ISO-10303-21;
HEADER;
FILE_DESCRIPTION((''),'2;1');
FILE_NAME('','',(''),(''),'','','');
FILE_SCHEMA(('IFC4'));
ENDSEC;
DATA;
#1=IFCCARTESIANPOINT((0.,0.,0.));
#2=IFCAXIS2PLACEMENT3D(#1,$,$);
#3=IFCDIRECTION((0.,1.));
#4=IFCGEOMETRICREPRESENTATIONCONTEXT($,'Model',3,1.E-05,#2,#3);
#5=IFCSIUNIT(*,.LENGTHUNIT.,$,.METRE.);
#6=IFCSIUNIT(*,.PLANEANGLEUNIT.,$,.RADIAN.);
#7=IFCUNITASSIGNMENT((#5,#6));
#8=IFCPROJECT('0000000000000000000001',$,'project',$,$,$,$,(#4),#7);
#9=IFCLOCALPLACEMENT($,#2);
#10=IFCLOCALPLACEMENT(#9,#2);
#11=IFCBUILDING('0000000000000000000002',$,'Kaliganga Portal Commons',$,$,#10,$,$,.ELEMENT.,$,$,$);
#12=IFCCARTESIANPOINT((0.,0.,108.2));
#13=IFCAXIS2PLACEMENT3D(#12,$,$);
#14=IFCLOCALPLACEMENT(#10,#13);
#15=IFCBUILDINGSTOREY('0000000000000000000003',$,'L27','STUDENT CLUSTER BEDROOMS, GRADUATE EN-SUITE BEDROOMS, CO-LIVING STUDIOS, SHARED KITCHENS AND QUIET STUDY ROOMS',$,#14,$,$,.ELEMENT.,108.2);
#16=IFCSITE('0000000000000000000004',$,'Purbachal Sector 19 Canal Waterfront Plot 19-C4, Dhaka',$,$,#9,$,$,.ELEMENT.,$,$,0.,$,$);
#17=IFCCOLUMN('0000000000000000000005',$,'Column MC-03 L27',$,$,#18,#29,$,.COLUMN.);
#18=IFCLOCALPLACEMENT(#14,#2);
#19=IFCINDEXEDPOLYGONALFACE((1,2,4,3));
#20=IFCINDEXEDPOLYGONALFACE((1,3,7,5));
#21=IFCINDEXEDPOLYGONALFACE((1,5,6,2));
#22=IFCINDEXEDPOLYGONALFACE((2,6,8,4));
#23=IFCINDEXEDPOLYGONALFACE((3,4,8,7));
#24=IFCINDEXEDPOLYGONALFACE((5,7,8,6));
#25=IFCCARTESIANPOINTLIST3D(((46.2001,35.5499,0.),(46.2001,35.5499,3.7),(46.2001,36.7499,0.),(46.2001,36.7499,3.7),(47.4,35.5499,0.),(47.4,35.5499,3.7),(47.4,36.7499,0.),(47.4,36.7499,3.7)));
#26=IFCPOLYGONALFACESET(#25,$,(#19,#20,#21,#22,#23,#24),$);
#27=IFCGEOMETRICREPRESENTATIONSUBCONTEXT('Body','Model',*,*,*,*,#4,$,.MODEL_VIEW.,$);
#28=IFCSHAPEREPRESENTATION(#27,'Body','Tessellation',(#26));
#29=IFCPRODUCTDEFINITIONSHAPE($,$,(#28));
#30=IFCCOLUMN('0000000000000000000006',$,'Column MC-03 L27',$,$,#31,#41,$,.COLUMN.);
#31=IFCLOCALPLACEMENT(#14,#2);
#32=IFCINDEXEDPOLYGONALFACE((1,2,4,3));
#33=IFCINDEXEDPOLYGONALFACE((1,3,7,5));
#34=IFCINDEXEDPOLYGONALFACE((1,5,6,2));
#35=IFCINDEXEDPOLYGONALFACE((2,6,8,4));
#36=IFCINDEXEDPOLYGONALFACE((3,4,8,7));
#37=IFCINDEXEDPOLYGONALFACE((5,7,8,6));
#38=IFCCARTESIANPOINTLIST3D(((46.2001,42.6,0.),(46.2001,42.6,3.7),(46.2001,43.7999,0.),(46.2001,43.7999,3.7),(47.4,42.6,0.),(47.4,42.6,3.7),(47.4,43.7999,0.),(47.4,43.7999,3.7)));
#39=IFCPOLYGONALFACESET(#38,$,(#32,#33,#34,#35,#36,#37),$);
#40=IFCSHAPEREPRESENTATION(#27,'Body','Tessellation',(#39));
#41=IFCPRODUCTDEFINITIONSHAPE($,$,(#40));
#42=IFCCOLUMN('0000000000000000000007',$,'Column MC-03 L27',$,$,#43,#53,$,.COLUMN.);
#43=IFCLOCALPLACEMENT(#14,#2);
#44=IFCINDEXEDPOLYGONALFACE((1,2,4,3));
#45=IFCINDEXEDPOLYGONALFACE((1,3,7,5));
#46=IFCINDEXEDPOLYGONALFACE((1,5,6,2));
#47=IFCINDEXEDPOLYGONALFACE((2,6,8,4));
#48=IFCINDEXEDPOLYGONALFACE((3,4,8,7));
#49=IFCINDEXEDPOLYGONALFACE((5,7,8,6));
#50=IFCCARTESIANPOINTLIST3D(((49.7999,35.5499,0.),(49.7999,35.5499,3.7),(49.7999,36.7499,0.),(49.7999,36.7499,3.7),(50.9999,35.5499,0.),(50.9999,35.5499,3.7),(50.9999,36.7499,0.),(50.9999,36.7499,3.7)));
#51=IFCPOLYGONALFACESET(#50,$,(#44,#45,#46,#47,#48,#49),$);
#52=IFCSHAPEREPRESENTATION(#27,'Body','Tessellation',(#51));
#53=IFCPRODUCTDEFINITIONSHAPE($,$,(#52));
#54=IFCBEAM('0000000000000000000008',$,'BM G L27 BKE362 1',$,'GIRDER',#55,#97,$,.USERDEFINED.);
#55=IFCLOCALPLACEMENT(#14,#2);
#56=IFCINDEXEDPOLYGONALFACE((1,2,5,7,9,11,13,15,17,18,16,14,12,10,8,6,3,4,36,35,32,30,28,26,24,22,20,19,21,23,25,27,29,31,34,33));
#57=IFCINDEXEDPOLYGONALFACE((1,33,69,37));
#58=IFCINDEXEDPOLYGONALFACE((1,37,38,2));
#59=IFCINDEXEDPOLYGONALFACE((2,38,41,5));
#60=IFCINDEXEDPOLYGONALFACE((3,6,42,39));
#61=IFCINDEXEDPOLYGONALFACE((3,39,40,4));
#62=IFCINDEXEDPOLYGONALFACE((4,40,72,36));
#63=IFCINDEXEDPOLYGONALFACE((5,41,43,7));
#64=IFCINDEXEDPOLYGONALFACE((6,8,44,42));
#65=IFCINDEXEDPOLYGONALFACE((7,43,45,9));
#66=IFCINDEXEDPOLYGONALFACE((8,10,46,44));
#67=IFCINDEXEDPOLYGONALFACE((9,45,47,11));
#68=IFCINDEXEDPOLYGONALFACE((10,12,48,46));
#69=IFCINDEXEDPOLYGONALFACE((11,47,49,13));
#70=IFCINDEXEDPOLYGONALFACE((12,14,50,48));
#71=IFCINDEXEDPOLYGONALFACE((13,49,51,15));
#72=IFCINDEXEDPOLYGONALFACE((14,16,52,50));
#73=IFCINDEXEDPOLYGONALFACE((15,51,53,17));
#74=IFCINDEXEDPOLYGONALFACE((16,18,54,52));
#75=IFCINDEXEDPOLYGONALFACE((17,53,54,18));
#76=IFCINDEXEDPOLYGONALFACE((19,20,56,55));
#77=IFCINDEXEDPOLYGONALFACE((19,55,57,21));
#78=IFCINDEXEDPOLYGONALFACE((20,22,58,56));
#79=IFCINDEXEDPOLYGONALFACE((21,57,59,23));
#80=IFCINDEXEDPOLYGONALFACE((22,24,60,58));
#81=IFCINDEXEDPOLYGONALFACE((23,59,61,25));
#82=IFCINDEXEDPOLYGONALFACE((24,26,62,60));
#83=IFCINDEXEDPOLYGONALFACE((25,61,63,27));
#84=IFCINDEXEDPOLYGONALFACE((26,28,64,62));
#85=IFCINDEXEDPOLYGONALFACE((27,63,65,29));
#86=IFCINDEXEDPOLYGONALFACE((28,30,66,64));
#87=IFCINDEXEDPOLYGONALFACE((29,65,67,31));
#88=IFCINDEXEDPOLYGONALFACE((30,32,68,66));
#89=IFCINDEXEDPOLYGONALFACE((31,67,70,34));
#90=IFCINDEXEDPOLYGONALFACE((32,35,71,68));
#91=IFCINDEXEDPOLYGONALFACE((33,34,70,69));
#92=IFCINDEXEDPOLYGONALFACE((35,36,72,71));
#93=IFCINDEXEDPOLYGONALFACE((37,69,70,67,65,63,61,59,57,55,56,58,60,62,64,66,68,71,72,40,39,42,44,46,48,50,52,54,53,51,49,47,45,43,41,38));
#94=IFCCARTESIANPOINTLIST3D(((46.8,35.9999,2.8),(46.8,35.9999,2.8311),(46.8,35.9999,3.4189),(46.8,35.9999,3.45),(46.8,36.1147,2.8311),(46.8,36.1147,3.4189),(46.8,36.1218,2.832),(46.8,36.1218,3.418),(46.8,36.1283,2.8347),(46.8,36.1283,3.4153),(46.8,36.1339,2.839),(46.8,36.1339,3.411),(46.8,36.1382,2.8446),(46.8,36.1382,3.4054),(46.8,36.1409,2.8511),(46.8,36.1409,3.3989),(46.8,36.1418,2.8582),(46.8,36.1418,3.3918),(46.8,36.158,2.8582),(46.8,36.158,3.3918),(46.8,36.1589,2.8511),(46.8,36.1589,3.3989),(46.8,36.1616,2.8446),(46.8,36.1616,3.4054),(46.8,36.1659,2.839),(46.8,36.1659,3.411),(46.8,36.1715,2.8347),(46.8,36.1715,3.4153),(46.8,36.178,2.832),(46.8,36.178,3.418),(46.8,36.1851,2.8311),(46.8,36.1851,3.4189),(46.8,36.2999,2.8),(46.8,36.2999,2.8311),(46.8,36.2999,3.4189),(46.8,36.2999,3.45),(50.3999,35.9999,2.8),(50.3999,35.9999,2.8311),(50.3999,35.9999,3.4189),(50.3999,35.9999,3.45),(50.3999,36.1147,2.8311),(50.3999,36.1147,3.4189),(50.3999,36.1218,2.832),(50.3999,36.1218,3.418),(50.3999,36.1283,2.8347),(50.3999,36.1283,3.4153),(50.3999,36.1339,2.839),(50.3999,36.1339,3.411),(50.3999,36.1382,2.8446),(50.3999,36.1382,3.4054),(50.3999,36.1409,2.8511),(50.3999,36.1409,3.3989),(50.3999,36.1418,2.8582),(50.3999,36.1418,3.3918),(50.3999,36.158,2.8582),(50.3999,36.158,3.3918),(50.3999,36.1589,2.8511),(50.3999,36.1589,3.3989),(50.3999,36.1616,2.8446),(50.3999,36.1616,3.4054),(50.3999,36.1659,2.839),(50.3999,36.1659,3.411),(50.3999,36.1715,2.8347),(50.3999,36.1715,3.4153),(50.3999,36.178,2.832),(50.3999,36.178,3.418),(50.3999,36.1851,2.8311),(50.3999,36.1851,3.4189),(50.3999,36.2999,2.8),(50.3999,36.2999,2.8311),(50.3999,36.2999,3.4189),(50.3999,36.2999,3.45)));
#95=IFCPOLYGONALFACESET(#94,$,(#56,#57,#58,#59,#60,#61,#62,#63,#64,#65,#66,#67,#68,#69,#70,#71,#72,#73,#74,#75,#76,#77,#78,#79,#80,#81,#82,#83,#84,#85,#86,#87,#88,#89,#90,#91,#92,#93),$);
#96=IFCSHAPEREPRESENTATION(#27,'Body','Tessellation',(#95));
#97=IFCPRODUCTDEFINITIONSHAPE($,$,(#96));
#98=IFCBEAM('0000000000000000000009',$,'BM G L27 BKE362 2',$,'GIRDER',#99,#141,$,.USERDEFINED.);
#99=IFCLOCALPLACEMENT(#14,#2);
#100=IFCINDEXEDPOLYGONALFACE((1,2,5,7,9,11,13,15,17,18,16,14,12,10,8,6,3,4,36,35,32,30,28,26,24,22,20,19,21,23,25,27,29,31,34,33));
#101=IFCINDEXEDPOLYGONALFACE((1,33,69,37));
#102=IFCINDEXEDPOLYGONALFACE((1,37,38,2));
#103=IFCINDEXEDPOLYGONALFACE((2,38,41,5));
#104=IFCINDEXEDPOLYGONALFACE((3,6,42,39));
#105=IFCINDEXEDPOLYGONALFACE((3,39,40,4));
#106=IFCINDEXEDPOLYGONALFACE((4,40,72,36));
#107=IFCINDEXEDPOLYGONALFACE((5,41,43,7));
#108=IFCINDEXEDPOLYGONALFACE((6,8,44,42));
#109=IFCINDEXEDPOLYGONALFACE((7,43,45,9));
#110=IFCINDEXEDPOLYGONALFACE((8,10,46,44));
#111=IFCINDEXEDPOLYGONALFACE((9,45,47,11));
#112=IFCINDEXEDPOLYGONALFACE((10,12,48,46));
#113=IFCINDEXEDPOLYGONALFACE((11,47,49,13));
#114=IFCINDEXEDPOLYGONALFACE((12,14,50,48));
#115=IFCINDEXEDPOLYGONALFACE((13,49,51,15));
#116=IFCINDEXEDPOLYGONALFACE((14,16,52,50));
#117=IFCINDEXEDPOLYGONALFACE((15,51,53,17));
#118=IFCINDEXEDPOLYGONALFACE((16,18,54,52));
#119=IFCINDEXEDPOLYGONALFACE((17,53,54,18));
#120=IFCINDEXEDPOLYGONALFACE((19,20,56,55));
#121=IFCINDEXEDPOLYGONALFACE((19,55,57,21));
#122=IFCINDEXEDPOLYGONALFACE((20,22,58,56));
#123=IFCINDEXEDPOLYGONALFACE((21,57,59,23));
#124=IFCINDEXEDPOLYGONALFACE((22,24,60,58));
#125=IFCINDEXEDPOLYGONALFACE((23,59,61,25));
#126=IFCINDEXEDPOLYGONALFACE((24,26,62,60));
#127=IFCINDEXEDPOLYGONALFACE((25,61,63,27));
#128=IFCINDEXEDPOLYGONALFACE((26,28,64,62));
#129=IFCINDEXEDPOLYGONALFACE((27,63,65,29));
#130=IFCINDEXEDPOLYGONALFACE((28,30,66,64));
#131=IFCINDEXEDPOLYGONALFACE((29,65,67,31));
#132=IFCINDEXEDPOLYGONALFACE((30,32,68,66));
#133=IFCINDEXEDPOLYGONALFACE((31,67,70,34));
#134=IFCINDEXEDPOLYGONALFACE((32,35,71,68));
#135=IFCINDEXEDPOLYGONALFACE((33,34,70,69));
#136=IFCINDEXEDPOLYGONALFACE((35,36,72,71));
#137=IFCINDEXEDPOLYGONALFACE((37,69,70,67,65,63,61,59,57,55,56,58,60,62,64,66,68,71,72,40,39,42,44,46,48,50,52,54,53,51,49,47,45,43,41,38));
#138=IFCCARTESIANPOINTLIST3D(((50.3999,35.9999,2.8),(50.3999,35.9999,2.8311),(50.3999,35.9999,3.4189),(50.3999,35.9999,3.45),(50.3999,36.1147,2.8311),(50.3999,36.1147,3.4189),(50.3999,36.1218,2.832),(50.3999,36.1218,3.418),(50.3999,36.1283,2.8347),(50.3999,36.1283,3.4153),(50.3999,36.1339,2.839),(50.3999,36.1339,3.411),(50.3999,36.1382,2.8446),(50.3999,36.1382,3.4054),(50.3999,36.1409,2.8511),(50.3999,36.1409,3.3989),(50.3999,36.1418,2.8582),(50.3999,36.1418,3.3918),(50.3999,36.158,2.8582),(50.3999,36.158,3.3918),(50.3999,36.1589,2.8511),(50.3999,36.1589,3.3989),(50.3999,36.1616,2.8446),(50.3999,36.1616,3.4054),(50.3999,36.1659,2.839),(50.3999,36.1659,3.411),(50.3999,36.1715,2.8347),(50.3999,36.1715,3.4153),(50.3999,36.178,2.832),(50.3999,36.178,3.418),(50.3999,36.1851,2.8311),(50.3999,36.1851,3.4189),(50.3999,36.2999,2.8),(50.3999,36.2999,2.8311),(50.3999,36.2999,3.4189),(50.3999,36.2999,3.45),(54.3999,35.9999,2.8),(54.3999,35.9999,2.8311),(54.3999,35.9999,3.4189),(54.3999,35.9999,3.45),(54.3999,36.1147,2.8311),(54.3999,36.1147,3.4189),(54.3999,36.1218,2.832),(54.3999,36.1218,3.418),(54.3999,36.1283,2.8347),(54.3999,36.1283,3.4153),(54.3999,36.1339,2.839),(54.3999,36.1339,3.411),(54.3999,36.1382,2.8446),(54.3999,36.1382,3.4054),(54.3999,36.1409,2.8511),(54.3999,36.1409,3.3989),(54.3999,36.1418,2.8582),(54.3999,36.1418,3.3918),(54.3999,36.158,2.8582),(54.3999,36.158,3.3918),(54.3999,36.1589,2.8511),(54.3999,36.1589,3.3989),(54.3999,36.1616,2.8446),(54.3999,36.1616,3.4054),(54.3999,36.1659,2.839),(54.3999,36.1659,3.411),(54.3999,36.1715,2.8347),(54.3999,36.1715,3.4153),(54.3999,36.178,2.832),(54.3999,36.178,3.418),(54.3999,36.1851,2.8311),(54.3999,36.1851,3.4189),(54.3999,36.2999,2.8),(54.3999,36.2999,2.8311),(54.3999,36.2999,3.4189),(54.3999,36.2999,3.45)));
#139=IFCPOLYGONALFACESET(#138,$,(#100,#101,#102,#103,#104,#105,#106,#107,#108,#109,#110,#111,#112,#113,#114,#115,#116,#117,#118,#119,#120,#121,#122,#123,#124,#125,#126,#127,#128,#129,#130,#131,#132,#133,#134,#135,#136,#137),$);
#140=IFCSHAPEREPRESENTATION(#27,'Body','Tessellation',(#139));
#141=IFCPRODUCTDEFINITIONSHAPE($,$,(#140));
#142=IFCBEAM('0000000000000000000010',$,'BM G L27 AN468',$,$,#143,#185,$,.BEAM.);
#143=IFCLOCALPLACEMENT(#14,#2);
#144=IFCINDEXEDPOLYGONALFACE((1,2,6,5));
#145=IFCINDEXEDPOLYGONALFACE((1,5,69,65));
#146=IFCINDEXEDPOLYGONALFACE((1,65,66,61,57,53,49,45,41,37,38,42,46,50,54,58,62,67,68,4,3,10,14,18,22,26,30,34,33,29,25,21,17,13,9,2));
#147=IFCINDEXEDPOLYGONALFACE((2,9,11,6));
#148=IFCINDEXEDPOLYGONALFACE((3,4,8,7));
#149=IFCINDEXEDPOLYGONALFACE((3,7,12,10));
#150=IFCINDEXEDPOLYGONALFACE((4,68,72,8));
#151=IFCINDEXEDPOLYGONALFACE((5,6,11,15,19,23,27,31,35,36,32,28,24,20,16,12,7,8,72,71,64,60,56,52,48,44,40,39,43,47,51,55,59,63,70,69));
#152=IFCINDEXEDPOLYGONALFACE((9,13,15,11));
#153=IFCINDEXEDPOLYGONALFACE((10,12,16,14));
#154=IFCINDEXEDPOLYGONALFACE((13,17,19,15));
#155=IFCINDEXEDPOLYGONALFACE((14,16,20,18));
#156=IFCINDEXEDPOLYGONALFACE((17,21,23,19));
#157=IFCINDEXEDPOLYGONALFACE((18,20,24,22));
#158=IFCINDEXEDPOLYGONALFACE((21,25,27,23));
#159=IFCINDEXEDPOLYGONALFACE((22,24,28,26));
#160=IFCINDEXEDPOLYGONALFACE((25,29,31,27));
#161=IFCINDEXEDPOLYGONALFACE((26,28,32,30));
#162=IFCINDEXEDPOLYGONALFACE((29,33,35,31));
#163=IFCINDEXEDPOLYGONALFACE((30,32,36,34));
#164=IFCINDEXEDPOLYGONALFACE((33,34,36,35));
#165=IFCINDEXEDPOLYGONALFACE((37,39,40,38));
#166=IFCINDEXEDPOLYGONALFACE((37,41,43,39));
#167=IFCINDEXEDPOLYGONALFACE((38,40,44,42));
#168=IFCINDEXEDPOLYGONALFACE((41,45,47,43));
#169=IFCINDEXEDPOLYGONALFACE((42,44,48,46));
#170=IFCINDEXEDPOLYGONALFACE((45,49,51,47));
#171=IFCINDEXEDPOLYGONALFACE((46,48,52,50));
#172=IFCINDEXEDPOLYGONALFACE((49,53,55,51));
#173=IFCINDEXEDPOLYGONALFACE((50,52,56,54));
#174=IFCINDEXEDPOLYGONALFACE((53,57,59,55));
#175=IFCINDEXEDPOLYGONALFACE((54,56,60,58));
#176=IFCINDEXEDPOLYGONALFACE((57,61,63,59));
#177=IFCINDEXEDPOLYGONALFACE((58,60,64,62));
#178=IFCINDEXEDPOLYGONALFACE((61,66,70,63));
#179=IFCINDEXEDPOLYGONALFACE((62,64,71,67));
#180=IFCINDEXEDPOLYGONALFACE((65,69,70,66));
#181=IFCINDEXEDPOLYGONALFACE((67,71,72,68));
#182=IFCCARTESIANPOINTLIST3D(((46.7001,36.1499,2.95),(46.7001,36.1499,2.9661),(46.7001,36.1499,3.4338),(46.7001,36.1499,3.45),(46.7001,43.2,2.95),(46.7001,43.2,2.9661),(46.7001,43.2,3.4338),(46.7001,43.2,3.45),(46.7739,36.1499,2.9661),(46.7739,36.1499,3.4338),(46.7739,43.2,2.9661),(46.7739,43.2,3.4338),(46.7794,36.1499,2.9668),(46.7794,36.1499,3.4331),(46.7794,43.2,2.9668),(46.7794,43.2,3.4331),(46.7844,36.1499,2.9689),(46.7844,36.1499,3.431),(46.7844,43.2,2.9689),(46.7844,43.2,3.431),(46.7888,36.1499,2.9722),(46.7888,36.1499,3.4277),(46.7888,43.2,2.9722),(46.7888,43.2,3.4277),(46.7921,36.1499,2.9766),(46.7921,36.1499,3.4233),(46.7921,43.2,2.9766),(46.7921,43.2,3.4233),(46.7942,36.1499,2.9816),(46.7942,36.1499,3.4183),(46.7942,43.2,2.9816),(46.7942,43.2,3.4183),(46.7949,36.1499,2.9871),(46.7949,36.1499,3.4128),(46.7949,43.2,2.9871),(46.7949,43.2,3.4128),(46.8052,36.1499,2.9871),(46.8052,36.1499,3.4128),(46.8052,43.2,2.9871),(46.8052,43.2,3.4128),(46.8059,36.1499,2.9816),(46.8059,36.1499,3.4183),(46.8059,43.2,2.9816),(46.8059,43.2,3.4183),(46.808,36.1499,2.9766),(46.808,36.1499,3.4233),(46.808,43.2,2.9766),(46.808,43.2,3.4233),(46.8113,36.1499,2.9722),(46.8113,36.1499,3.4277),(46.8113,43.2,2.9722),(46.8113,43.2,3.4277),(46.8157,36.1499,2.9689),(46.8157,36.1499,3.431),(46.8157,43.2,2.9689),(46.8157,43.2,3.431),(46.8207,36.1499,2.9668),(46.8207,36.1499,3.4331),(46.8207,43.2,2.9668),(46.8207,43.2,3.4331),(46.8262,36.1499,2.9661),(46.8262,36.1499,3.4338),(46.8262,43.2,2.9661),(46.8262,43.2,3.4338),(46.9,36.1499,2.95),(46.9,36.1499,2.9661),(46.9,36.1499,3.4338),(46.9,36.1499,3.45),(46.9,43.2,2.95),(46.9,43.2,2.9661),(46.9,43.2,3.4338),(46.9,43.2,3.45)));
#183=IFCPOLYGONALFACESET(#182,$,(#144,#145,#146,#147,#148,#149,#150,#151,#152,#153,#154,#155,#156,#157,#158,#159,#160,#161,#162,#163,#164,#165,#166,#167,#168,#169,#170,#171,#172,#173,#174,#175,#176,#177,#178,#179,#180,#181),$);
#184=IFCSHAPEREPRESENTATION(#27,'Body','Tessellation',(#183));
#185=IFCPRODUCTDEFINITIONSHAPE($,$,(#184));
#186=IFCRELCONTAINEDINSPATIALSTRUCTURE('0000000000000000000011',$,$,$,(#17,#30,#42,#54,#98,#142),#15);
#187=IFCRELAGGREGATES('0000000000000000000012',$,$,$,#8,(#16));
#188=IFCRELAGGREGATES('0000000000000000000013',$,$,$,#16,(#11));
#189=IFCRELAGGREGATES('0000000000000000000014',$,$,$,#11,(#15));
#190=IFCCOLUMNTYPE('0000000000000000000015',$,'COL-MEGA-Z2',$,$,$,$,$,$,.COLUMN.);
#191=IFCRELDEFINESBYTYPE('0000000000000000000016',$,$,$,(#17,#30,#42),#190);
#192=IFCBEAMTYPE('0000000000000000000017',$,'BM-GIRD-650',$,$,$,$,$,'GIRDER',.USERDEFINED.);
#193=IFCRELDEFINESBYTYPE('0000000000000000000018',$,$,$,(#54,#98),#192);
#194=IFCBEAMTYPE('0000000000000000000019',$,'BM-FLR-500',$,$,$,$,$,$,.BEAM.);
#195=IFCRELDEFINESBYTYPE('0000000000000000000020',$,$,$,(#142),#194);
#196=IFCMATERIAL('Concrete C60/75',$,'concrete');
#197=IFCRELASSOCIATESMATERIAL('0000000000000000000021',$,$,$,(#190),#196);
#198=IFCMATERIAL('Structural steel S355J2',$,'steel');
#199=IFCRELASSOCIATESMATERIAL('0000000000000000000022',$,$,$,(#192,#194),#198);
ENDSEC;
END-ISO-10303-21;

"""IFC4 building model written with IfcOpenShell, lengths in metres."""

from ifc_helpers import new_model, si_unit, direction, frame, origin, origin_2d, place, context, subcontext, project, spatial, rectangle, i_section, extrude, source, transform, mapped, material, material_profile, profile_set, type_object, element, save


model = new_model("IFC4")

# Units and contexts
model_context = context("Model", 3, precision=1e-05, world=origin(), true_north=direction((0.0, 1.0)))
body_context = subcontext(model_context, "Body", "Model", "MODEL_VIEW")
ifc_project = project(units=[si_unit("LENGTHUNIT", "METRE"), si_unit("PLANEANGLEUNIT", "RADIAN")], contexts=[model_context])

# Site, building, storey
site_placement = place(None, origin())
site = spatial("IfcSite", under=ifc_project, at=site_placement, Name="Purbachal Sector 19 Canal Waterfront Plot 19-C4, Dhaka", CompositionType="ELEMENT", RefElevation=0.0)
building_placement = place(site_placement, origin())
building = spatial("IfcBuilding", under=site, at=building_placement, Name="Kaliganga Portal Commons", CompositionType="ELEMENT")
storey_placement = place(building_placement, frame((0.0, 0.0, 108.2)))
storey = spatial("IfcBuildingStorey", under=building, at=storey_placement, Name="L27", Description="STUDENT CLUSTER BEDROOMS, GRADUATE EN-SUITE BEDROOMS, CO-LIVING STUDIOS, SHARED KITCHENS AND QUIET STUDY ROOMS", CompositionType="ELEMENT", Elevation=108.2)

# Columns
ifc_material_1 = material(Name="Concrete C60/75", Category="concrete")
ifc_material_profile_1 = material_profile(ifc_material_1, rectangle(XDim=1.2, YDim=1.2, at=origin_2d()), Name="RC 1200x1200")
ifc_profile_set_1 = profile_set([ifc_material_profile_1], Name="Concrete C60/75")
column_type = type_object("IfcColumnType", Name="COL-MEGA-Z2", PredefinedType="COLUMN", material=ifc_profile_set_1)
shared_shape_1 = source(origin(), body_context, "Body", "SweptSolid", [
    extrude(rectangle(XDim=1.2, YDim=1.2, at=origin_2d()), origin(), (0.0, 0.0, 1.0), 3.7),
])
for number, where, z_axis, x_axis, name in (
    (1, (46.8, 36.1499, 0.0), (0.0, 0.0, 1.0), (1.0, 0.0, 0.0), "Column MC-03 L27"),
    (2, (46.8, 43.2, 0.0), (0.0, 0.0, 1.0), (1.0, 0.0, 0.0), "Column MC-03 L27"),
    (3, (50.3999, 36.1499, 0.0), (0.0, 0.0, 1.0), (1.0, 0.0, 0.0), "Column MC-03 L27"),
):
    element("IfcColumn", number, at=place(storey_placement, frame(where, z_axis=z_axis, x_axis=x_axis)), inside=storey, type_object=column_type, Name=name, PredefinedType="COLUMN", context=body_context, shape_type="MappedRepresentation", body=[
        mapped(shared_shape_1, transform((0.0, 0.0, 0.0), x_axis=(1.0, 0.0, 0.0), y_axis=(0.0, 1.0, 0.0), z_axis=(0.0, 0.0, 1.0), scale=1.0)),
    ])

# Beams
ifc_material_2 = material(Name="Structural steel S355J2", Category="steel")
ifc_material_profile_2 = material_profile(ifc_material_2, i_section(OverallWidth=0.3, OverallDepth=0.6499, WebThickness=0.0161, FlangeThickness=0.031, FilletRadius=0.0271, at=origin_2d()), Name="HE 650 B")
ifc_profile_set_2 = profile_set([ifc_material_profile_2], Name="Structural steel S355J2 wide-flange")
beam_type_1 = type_object("IfcBeamType", Name="BM-GIRD-650", ElementType="GIRDER", PredefinedType="USERDEFINED", material=ifc_profile_set_2)
shared_shape_2 = source(origin(), body_context, "Body", "SweptSolid", [
    extrude(i_section(OverallWidth=0.3, OverallDepth=0.6499, WebThickness=0.0161, FlangeThickness=0.031, FilletRadius=0.0271, at=origin_2d()), origin(), (0.0, 0.0, 1.0), 3.5999),
])
beam_1_placement = place(storey_placement, frame((46.8, 36.1499, 3.125), z_axis=(1.0, 0.0, 0.0), x_axis=(0.0, 1.0, 0.0)))
element("IfcBeam", 4, at=beam_1_placement, inside=storey, type_object=beam_type_1, Name="BM G L27 BKE362 1", ObjectType="GIRDER", PredefinedType="USERDEFINED", context=body_context, shape_type="MappedRepresentation", body=[
    mapped(shared_shape_2, transform((0.0, 0.0, 0.0), x_axis=(1.0, 0.0, 0.0), y_axis=(0.0, 1.0, 0.0), z_axis=(0.0, 0.0, 1.0), scale=1.0)),
])
shared_shape_3 = source(origin(), body_context, "Body", "SweptSolid", [
    extrude(i_section(OverallWidth=0.3, OverallDepth=0.6499, WebThickness=0.0161, FlangeThickness=0.031, FilletRadius=0.0271, at=origin_2d()), origin(), (0.0, 0.0, 1.0), 4.0),
])
beam_2_placement = place(storey_placement, frame((50.3999, 36.1499, 3.125), z_axis=(1.0, 0.0, 0.0), x_axis=(0.0, 1.0, 0.0)))
element("IfcBeam", 5, at=beam_2_placement, inside=storey, type_object=beam_type_1, Name="BM G L27 BKE362 2", ObjectType="GIRDER", PredefinedType="USERDEFINED", context=body_context, shape_type="MappedRepresentation", body=[
    mapped(shared_shape_3, transform((0.0, 0.0, 0.0), x_axis=(1.0, 0.0, 0.0), y_axis=(0.0, 1.0, 0.0), z_axis=(0.0, 0.0, 1.0), scale=1.0)),
])
ifc_material_profile_3 = material_profile(ifc_material_2, i_section(OverallWidth=0.2, OverallDepth=0.5, WebThickness=0.0103, FlangeThickness=0.0161, FilletRadius=0.021, at=origin_2d()), Name="IPE 500")
ifc_profile_set_3 = profile_set([ifc_material_profile_3], Name="Structural steel S355J2 wide-flange")
beam_type_2 = type_object("IfcBeamType", Name="BM-FLR-500", PredefinedType="BEAM", material=ifc_profile_set_3)
shared_shape_4 = source(origin(), body_context, "Body", "SweptSolid", [
    extrude(i_section(OverallWidth=0.2, OverallDepth=0.5, WebThickness=0.0103, FlangeThickness=0.0161, FilletRadius=0.021, at=origin_2d()), origin(), (0.0, 0.0, 1.0), 7.05),
])
beam_3_placement = place(storey_placement, frame((46.8, 36.1499, 3.2), z_axis=(0.0, 1.0, 0.0), x_axis=(-1.0, 0.0, 0.0)))
element("IfcBeam", 6, at=beam_3_placement, inside=storey, type_object=beam_type_2, Name="BM G L27 AN468", PredefinedType="BEAM", context=body_context, shape_type="MappedRepresentation", body=[
    mapped(shared_shape_4, transform((0.0, 0.0, 0.0), x_axis=(1.0, 0.0, 0.0), y_axis=(0.0, 1.0, 0.0), z_axis=(0.0, 0.0, 1.0), scale=1.0)),
])

save(model, "model.ifc")
